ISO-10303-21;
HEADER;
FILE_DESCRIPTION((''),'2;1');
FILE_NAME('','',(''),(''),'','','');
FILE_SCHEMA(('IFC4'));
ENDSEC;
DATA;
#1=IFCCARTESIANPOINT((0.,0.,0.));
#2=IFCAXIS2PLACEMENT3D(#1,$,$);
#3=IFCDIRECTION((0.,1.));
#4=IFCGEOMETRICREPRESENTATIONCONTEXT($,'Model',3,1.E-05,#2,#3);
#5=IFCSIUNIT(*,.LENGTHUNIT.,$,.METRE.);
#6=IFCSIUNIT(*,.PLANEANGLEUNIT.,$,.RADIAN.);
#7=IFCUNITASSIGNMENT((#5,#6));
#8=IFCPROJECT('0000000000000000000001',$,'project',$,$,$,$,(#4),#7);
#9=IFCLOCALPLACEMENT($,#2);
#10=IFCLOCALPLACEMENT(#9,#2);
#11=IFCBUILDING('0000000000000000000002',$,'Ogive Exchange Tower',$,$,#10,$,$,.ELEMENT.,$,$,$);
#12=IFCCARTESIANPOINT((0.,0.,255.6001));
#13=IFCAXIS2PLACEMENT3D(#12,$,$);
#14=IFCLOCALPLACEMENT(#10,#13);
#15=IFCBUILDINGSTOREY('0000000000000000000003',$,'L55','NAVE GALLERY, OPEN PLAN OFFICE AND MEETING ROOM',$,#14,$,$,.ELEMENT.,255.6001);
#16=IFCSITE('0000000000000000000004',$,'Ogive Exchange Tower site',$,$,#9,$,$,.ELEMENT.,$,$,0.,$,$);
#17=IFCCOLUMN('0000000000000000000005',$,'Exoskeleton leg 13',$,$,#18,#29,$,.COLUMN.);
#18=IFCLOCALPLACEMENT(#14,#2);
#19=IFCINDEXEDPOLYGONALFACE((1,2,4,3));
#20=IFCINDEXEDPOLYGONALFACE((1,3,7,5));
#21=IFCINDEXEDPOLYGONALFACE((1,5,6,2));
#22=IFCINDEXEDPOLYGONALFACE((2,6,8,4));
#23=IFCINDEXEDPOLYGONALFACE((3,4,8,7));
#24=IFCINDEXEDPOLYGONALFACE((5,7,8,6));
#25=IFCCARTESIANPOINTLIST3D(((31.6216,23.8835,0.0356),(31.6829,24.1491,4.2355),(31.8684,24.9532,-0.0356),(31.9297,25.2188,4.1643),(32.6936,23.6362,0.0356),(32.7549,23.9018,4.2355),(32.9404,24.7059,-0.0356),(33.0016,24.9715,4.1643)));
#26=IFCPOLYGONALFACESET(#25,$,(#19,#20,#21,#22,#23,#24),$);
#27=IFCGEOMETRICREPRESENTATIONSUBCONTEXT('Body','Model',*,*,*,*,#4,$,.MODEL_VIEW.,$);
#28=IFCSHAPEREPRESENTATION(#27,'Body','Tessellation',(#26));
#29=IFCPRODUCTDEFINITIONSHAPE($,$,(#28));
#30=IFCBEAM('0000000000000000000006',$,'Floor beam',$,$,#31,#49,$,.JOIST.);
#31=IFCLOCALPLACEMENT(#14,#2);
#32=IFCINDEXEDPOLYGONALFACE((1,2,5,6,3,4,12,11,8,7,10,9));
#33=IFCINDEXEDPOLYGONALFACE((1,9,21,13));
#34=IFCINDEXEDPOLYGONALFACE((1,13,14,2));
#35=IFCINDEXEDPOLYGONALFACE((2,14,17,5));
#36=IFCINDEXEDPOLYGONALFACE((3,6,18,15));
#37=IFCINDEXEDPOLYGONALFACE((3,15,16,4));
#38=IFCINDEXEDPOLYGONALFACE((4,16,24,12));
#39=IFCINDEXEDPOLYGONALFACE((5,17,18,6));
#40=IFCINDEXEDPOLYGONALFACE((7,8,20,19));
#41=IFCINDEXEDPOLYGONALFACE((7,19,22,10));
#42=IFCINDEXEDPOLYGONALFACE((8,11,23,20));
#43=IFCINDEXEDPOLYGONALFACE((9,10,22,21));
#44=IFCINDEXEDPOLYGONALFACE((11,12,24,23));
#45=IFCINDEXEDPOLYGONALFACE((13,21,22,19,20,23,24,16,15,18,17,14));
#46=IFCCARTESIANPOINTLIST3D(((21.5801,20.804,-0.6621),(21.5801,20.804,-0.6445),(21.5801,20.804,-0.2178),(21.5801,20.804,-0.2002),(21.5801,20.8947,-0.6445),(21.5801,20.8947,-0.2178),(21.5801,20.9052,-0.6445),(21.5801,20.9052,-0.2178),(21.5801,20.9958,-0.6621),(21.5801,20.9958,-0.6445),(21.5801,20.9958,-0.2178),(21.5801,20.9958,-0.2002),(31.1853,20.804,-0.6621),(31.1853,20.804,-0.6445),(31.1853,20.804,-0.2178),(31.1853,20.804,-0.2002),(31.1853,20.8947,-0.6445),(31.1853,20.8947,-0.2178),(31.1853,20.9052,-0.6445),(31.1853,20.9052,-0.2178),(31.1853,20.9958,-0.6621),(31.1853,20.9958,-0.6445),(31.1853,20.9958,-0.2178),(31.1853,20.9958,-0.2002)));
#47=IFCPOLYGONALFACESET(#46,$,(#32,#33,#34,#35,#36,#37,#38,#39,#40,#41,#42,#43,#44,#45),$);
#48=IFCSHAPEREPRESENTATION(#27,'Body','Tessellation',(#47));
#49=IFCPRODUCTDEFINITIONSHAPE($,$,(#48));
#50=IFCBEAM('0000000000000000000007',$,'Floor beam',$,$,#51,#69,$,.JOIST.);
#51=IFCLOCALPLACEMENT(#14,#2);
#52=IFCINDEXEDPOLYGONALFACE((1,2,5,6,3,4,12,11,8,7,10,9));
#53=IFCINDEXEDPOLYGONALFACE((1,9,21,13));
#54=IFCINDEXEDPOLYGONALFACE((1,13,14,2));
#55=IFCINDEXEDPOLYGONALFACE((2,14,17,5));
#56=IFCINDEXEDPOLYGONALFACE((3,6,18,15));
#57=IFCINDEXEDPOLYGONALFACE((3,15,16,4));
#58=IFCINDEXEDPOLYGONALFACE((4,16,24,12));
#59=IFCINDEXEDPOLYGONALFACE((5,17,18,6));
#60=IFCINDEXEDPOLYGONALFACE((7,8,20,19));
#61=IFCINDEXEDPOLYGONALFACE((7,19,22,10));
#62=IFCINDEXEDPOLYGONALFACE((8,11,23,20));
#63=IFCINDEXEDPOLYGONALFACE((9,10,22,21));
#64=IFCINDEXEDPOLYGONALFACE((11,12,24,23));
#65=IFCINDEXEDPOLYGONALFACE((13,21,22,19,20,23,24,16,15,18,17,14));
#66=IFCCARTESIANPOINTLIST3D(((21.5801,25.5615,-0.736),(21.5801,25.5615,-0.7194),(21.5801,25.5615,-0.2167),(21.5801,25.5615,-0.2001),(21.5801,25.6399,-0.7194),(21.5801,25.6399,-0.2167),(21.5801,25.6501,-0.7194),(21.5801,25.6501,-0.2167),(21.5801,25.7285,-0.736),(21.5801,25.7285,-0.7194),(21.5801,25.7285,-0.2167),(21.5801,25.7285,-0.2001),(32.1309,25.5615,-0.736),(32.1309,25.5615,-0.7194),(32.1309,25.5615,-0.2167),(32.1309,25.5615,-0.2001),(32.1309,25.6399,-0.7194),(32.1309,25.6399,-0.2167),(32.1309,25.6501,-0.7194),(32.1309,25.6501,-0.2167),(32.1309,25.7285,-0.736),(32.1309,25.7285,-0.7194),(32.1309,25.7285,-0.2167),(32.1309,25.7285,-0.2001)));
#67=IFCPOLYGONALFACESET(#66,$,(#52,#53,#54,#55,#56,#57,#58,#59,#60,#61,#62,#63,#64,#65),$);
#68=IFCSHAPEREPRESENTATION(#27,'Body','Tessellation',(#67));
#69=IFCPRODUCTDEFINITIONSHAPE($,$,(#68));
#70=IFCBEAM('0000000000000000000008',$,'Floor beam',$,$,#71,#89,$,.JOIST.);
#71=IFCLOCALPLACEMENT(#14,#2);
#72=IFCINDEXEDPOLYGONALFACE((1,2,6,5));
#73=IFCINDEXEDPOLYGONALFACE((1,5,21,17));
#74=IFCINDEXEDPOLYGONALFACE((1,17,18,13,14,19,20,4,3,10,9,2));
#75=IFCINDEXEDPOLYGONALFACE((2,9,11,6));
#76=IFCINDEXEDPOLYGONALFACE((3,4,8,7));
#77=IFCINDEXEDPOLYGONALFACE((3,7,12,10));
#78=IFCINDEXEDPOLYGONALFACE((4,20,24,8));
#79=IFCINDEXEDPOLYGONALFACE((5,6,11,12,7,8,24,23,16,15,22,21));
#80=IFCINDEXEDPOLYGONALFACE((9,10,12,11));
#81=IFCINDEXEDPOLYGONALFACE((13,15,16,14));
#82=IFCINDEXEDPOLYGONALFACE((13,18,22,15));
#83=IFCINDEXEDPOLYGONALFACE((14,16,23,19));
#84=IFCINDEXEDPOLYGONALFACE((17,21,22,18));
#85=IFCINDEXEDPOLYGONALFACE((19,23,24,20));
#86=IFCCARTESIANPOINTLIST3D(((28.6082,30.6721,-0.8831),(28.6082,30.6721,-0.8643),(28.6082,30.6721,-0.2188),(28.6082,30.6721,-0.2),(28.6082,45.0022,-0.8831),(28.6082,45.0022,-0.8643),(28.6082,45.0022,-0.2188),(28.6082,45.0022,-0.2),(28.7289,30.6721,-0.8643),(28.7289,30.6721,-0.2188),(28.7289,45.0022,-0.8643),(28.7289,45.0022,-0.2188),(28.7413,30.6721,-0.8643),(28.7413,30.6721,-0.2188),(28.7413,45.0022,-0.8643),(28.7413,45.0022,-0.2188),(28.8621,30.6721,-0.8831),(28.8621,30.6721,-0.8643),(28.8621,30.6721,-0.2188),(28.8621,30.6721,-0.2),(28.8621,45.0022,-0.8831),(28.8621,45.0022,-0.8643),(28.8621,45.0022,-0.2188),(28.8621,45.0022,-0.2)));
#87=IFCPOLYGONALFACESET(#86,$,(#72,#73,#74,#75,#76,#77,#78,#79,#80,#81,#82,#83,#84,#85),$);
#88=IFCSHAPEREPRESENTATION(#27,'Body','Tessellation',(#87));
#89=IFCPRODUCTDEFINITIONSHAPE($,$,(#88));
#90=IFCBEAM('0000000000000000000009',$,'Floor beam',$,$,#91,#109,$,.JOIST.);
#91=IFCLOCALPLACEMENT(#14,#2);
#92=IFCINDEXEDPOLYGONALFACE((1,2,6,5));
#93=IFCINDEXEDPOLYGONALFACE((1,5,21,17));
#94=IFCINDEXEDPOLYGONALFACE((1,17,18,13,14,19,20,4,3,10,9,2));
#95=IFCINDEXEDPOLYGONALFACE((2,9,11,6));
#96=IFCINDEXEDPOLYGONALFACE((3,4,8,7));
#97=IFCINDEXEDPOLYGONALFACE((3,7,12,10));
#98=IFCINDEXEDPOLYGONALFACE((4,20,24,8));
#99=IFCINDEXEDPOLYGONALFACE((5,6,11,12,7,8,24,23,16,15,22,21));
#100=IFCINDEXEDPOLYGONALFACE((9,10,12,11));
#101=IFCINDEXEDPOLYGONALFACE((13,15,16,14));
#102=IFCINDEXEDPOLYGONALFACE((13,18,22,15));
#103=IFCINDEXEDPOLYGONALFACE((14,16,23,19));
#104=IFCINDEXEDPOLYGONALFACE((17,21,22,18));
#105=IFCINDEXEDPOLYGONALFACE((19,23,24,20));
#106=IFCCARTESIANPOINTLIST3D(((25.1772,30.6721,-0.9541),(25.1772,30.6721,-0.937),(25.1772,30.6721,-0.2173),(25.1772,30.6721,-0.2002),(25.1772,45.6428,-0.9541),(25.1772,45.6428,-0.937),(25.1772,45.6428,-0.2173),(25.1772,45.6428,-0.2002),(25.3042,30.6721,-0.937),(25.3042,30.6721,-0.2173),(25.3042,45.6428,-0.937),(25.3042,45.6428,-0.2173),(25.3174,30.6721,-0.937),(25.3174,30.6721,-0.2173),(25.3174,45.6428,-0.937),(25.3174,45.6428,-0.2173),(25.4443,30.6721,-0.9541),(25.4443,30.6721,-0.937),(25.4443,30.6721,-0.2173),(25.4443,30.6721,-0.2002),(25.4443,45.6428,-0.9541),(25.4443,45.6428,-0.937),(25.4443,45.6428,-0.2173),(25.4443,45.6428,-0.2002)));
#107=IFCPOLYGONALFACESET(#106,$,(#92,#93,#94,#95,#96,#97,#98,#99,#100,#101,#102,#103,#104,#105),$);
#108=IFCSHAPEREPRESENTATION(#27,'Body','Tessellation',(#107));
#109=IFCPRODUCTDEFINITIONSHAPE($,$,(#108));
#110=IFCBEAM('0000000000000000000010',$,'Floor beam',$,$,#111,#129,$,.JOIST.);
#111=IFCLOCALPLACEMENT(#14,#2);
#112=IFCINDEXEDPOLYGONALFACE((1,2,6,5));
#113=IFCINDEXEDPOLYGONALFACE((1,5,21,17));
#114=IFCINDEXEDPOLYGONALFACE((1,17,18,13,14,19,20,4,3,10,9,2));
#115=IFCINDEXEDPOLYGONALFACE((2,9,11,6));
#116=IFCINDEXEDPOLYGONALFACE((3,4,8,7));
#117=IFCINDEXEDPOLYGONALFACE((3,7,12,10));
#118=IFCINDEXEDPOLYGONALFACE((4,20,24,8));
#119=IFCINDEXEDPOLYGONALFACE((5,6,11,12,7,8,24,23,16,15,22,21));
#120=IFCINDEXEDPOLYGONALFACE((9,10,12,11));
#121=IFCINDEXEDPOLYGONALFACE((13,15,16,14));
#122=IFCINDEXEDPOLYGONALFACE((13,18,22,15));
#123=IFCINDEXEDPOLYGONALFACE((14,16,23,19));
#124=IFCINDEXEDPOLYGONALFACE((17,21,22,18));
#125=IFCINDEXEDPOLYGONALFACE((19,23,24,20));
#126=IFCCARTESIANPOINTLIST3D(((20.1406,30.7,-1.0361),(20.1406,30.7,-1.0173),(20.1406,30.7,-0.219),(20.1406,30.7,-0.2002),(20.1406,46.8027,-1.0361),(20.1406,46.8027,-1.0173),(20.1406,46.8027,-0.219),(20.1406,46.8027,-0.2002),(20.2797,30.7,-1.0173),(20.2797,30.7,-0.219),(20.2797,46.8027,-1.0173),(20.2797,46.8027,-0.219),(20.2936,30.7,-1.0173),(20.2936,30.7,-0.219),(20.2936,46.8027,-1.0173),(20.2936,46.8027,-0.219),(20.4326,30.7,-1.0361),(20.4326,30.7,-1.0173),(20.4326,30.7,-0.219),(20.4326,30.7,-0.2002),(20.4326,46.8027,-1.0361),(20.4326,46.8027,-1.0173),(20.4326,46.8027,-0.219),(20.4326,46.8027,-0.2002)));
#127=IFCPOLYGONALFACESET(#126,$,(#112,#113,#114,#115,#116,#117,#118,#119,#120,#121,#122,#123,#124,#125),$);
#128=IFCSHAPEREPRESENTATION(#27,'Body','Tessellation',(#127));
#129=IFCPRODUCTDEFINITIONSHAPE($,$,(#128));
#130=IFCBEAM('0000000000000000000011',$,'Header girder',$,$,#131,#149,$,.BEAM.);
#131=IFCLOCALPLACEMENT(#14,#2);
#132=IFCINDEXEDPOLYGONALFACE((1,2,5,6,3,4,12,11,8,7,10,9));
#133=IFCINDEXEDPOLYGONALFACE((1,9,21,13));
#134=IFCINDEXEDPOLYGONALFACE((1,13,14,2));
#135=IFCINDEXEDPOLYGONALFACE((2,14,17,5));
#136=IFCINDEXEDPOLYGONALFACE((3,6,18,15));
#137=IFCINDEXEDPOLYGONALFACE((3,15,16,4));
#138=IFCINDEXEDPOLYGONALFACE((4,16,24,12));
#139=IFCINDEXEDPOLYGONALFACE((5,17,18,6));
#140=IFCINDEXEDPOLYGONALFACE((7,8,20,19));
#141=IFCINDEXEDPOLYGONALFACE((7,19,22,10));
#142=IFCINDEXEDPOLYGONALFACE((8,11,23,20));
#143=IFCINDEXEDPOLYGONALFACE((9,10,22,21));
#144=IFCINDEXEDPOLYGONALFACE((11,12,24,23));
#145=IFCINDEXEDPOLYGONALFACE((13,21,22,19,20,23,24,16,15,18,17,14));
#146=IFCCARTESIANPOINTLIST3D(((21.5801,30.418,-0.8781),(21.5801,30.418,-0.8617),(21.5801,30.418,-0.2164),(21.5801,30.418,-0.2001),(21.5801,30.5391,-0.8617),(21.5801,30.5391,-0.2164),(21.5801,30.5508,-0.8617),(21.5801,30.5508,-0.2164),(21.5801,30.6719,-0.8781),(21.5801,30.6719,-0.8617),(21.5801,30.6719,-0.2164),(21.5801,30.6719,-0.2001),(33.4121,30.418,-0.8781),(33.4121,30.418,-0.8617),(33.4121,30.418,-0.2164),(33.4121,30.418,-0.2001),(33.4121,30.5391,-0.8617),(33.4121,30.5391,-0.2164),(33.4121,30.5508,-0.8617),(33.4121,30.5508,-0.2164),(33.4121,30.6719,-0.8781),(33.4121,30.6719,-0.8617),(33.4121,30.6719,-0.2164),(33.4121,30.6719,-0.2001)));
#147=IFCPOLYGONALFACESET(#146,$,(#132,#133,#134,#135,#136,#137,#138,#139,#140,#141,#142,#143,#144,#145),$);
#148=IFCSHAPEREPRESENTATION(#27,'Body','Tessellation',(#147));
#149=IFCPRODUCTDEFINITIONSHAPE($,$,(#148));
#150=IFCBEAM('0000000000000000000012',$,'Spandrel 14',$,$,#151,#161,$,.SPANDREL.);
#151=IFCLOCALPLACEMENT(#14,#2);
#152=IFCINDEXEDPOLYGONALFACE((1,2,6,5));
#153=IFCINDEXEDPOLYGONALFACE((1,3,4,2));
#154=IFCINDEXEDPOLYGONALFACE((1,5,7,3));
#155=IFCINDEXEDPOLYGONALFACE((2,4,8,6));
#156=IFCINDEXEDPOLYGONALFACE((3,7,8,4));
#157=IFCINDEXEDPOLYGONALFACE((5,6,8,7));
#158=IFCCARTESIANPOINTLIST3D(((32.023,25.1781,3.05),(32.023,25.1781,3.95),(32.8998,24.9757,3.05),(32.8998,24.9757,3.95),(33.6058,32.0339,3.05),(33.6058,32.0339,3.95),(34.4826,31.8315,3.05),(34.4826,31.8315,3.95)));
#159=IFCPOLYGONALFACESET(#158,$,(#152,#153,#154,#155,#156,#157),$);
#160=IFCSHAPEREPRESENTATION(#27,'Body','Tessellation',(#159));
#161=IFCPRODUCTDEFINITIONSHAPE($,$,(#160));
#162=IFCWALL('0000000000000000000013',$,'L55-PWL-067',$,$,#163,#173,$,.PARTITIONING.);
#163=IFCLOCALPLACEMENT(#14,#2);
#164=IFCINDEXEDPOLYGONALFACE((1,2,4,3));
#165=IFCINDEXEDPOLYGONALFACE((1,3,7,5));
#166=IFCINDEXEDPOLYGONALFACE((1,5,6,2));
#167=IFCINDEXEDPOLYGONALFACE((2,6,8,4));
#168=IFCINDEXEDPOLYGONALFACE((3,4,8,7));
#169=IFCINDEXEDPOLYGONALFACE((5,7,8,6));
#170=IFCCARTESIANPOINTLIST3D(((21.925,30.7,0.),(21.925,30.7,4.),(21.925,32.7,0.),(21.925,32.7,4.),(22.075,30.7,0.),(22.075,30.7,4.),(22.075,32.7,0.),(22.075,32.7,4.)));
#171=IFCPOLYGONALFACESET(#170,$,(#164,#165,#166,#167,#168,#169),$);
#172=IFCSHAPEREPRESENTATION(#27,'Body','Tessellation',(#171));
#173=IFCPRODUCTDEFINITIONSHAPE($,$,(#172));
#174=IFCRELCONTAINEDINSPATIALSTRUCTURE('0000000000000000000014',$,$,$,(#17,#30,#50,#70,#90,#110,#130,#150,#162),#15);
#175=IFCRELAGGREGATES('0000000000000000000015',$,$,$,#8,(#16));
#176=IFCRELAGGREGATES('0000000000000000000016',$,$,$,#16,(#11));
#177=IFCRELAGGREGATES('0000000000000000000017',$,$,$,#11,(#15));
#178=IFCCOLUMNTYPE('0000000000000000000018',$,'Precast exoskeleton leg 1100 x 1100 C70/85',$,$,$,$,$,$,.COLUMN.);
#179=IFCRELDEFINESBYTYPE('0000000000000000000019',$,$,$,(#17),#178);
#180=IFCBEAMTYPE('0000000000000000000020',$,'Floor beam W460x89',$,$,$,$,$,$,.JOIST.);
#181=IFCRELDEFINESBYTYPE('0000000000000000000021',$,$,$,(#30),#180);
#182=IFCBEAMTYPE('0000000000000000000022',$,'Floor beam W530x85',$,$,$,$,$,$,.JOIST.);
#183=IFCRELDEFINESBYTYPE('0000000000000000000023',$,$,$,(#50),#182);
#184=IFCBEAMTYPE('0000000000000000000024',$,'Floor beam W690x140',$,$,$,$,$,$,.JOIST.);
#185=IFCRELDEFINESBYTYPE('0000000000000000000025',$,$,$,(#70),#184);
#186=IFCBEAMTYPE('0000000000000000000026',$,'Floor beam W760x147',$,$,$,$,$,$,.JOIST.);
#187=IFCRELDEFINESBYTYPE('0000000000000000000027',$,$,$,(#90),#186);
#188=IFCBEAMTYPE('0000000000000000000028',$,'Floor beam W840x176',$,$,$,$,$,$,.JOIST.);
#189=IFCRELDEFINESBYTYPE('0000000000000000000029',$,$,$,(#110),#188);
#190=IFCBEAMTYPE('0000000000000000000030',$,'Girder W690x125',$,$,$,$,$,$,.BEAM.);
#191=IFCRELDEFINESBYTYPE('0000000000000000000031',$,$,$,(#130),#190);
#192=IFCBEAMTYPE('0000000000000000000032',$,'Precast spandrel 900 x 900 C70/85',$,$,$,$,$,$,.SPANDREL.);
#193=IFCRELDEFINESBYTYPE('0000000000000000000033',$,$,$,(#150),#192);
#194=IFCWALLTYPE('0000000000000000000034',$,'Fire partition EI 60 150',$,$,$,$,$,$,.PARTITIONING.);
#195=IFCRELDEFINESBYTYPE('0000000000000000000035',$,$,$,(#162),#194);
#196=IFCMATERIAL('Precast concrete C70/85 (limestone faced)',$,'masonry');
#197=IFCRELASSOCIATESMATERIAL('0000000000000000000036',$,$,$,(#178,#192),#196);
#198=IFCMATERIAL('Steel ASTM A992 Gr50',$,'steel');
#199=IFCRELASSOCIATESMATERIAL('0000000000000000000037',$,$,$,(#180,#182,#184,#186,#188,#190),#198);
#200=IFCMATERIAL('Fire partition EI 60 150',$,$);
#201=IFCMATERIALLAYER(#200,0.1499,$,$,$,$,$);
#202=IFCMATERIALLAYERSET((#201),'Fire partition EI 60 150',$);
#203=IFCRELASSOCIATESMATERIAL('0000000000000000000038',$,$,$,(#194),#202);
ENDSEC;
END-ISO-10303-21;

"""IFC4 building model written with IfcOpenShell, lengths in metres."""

from ifc_helpers import new_model, si_unit, direction, frame, frame_2d, origin, origin_2d, place, context, subcontext, project, spatial, rectangle, i_section, extrude, material, layer, layer_set, material_profile, profile_set, type_object, element, save


model = new_model("IFC4")

# Units and contexts
model_context = context("Model", 3, precision=1e-05, world=origin(), true_north=direction((0.0, 1.0)))
body_context = subcontext(model_context, "Body", "Model", "MODEL_VIEW")
ifc_project = project(units=[si_unit("LENGTHUNIT", "METRE"), si_unit("PLANEANGLEUNIT", "RADIAN")], contexts=[model_context])

# Site, building, storey
site_placement = place(None, origin())
site = spatial("IfcSite", under=ifc_project, at=site_placement, Name="Ogive Exchange Tower site", CompositionType="ELEMENT", RefElevation=0.0)
building_placement = place(site_placement, origin())
building = spatial("IfcBuilding", under=site, at=building_placement, Name="Ogive Exchange Tower", CompositionType="ELEMENT")
storey_placement = place(building_placement, frame((0.0, 0.0, 255.6001)))
storey = spatial("IfcBuildingStorey", under=building, at=storey_placement, Name="L55", Description="NAVE GALLERY, OPEN PLAN OFFICE AND MEETING ROOM", CompositionType="ELEMENT", Elevation=255.6001)

# Column
ifc_material_1 = material(Name="Precast concrete C70/85 (limestone faced)", Category="masonry")
ifc_material_profile_1 = material_profile(ifc_material_1, rectangle(XDim=1.1001, YDim=1.1001, at=origin_2d()), Name="1100 x 1100")
ifc_profile_set_1 = profile_set([ifc_material_profile_1], Name="Precast concrete C70/85 (limestone faced)")
column_type = type_object("IfcColumnType", Name="Precast exoskeleton leg 1100 x 1100 C70/85", PredefinedType="COLUMN", material=ifc_profile_set_1)
column_placement = place(storey_placement, frame((32.281, 24.2947, 0.0), z_axis=(0.01456, 0.063112, 0.9979), x_axis=(-0.974406, 0.224794, 0.0)))
element("IfcColumn", 1, at=column_placement, inside=storey, type_object=column_type, Name="Exoskeleton leg 13", PredefinedType="COLUMN", context=body_context, shape_type="SweptSolid", body=[
    extrude(rectangle(XDim=1.1001, YDim=1.1001, at=origin_2d()), origin(), (0.0, 0.0, 1.0), 4.2087),
])

# Beams
ifc_material_2 = material(Name="Steel ASTM A992 Gr50", Category="steel")
ifc_material_profile_2 = material_profile(ifc_material_2, i_section(OverallWidth=0.1919, OverallDepth=0.4619, WebThickness=0.0105, FlangeThickness=0.0176, at=origin_2d()), Name="W460x89")
ifc_profile_set_2 = profile_set([ifc_material_profile_2], Name="Steel ASTM A992 Gr50")
beam_type_1 = type_object("IfcBeamType", Name="Floor beam W460x89", PredefinedType="JOIST", material=ifc_profile_set_2)
beam_1_placement = place(storey_placement, frame((21.5801, 20.8999, -0.4312), z_axis=(1.0, 0.0, 0.0), x_axis=(0.0, 1.0, 0.0)))
element("IfcBeam", 2, at=beam_1_placement, inside=storey, type_object=beam_type_1, Name="Floor beam", PredefinedType="JOIST", context=body_context, shape_type="SweptSolid", body=[
    extrude(i_section(OverallWidth=0.1919, OverallDepth=0.4619, WebThickness=0.0105, FlangeThickness=0.0176, at=origin_2d()), origin(), (0.0, 0.0, 1.0), 9.6052),
])
ifc_material_profile_3 = material_profile(ifc_material_2, i_section(OverallWidth=0.167, OverallDepth=0.5359, WebThickness=0.0103, FlangeThickness=0.0166, at=origin_2d()), Name="W530x85")
ifc_profile_set_3 = profile_set([ifc_material_profile_3], Name="Steel ASTM A992 Gr50")
beam_type_2 = type_object("IfcBeamType", Name="Floor beam W530x85", PredefinedType="JOIST", material=ifc_profile_set_3)
beam_2_placement = place(storey_placement, frame((21.5801, 25.645, -0.468), z_axis=(1.0, 0.0, 0.0), x_axis=(0.0, 1.0, 0.0)))
element("IfcBeam", 3, at=beam_2_placement, inside=storey, type_object=beam_type_2, Name="Floor beam", PredefinedType="JOIST", context=body_context, shape_type="SweptSolid", body=[
    extrude(i_section(OverallWidth=0.167, OverallDepth=0.5359, WebThickness=0.0103, FlangeThickness=0.0166, at=origin_2d()), origin(), (0.0, 0.0, 1.0), 10.5508),
])
ifc_material_profile_4 = material_profile(ifc_material_2, i_section(OverallWidth=0.2539, OverallDepth=0.6831, WebThickness=0.0125, FlangeThickness=0.0188, at=origin_2d()), Name="W690x140")
ifc_profile_set_4 = profile_set([ifc_material_profile_4], Name="Steel ASTM A992 Gr50")
beam_type_3 = type_object("IfcBeamType", Name="Floor beam W690x140", PredefinedType="JOIST", material=ifc_profile_set_4)
beam_3_placement = place(storey_placement, frame((28.7351, 30.6721, -0.5415), z_axis=(0.0, 1.0, 0.0), x_axis=(-1.0, 0.0, 0.0)))
element("IfcBeam", 4, at=beam_3_placement, inside=storey, type_object=beam_type_3, Name="Floor beam", PredefinedType="JOIST", context=body_context, shape_type="SweptSolid", body=[
    extrude(i_section(OverallWidth=0.2539, OverallDepth=0.6831, WebThickness=0.0125, FlangeThickness=0.0188, at=origin_2d()), origin(), (0.0, 0.0, 1.0), 14.3301),
])
ifc_material_profile_5 = material_profile(ifc_material_2, i_section(OverallWidth=0.2671, OverallDepth=0.7539, WebThickness=0.0132, FlangeThickness=0.0171, at=origin_2d()), Name="W760x147")
ifc_profile_set_5 = profile_set([ifc_material_profile_5], Name="Steel ASTM A992 Gr50")
beam_type_4 = type_object("IfcBeamType", Name="Floor beam W760x147", PredefinedType="JOIST", material=ifc_profile_set_5)
beam_4_placement = place(storey_placement, frame((25.3108, 30.6721, -0.5771), z_axis=(0.0, 1.0, 0.0), x_axis=(-1.0, 0.0, 0.0)))
element("IfcBeam", 5, at=beam_4_placement, inside=storey, type_object=beam_type_4, Name="Floor beam", PredefinedType="JOIST", context=body_context, shape_type="SweptSolid", body=[
    extrude(i_section(OverallWidth=0.2671, OverallDepth=0.7539, WebThickness=0.0132, FlangeThickness=0.0171, at=origin_2d()), origin(), (0.0, 0.0, 1.0), 14.9707),
])
ifc_material_profile_6 = material_profile(ifc_material_2, i_section(OverallWidth=0.292, OverallDepth=0.8359, WebThickness=0.0139, FlangeThickness=0.0188, at=origin_2d()), Name="W840x176")
ifc_profile_set_6 = profile_set([ifc_material_profile_6], Name="Steel ASTM A992 Gr50")
beam_type_5 = type_object("IfcBeamType", Name="Floor beam W840x176", PredefinedType="JOIST", material=ifc_profile_set_6)
beam_5_placement = place(storey_placement, frame((20.2866, 30.7, -0.6182), z_axis=(0.0, 1.0, 0.0), x_axis=(-1.0, 0.0, 0.0)))
element("IfcBeam", 6, at=beam_5_placement, inside=storey, type_object=beam_type_5, Name="Floor beam", PredefinedType="JOIST", context=body_context, shape_type="SweptSolid", body=[
    extrude(i_section(OverallWidth=0.292, OverallDepth=0.8359, WebThickness=0.0139, FlangeThickness=0.0188, at=origin_2d()), origin(), (0.0, 0.0, 1.0), 16.1028),
])
ifc_material_profile_7 = material_profile(ifc_material_2, i_section(OverallWidth=0.2539, OverallDepth=0.678, WebThickness=0.0117, FlangeThickness=0.0164, at=origin_2d()), Name="W690x125")
ifc_profile_set_7 = profile_set([ifc_material_profile_7], Name="Steel ASTM A992 Gr50")
beam_type_6 = type_object("IfcBeamType", Name="Girder W690x125", PredefinedType="BEAM", material=ifc_profile_set_7)
beam_6_placement = place(storey_placement, frame((21.5801, 30.5449, -0.5391), z_axis=(1.0, 0.0, 0.0), x_axis=(0.0, 1.0, 0.0)))
element("IfcBeam", 7, at=beam_6_placement, inside=storey, type_object=beam_type_6, Name="Header girder", PredefinedType="BEAM", context=body_context, shape_type="SweptSolid", body=[
    extrude(i_section(OverallWidth=0.2539, OverallDepth=0.678, WebThickness=0.0117, FlangeThickness=0.0164, at=origin_2d()), origin(), (0.0, 0.0, 1.0), 11.832),
])
ifc_material_profile_8 = material_profile(ifc_material_1, rectangle(XDim=0.8999, YDim=0.8999, at=origin_2d()), Name="900 x 900")
ifc_profile_set_8 = profile_set([ifc_material_profile_8], Name="Precast concrete C70/85 (limestone faced)")
beam_type_7 = type_object("IfcBeamType", Name="Precast spandrel 900 x 900 C70/85", PredefinedType="SPANDREL", material=ifc_profile_set_8)
beam_7_placement = place(storey_placement, frame((32.4614, 25.0769, 3.5), z_axis=(0.224951, 0.97437, 0.0), x_axis=(-0.97437, 0.224951, 0.0)))
element("IfcBeam", 8, at=beam_7_placement, inside=storey, type_object=beam_type_7, Name="Spandrel 14", PredefinedType="SPANDREL", context=body_context, shape_type="SweptSolid", body=[
    extrude(rectangle(XDim=0.8999, YDim=0.8999, at=origin_2d()), origin(), (0.0, 0.0, 1.0), 7.0361),
])

# Wall
ifc_material_3 = material(Name="Fire partition EI 60 150")
ifc_layer_1 = layer(ifc_material_3, 0.1499)
ifc_layer_set_1 = layer_set([ifc_layer_1], Name="Fire partition EI 60 150")
wall_type_1 = type_object("IfcWallType", Name="Fire partition EI 60 150", PredefinedType="PARTITIONING", material=ifc_layer_set_1)
wall_1_placement = place(storey_placement, frame((22.0, 30.7, 0.0), z_axis=(0.0, 0.0, 1.0), x_axis=(0.0, 1.0, 0.0)))
element("IfcWall", 9, at=wall_1_placement, inside=storey, type_object=wall_type_1, Name="L55-PWL-067", PredefinedType="PARTITIONING", context=body_context, shape_type="SweptSolid", body=[
    extrude(rectangle(XDim=2.0, YDim=0.1499, at=frame_2d((1.0, 0.0))), origin(), (0.0, 0.0, 1.0), 4.0),
])

save(model, "model.ifc")
